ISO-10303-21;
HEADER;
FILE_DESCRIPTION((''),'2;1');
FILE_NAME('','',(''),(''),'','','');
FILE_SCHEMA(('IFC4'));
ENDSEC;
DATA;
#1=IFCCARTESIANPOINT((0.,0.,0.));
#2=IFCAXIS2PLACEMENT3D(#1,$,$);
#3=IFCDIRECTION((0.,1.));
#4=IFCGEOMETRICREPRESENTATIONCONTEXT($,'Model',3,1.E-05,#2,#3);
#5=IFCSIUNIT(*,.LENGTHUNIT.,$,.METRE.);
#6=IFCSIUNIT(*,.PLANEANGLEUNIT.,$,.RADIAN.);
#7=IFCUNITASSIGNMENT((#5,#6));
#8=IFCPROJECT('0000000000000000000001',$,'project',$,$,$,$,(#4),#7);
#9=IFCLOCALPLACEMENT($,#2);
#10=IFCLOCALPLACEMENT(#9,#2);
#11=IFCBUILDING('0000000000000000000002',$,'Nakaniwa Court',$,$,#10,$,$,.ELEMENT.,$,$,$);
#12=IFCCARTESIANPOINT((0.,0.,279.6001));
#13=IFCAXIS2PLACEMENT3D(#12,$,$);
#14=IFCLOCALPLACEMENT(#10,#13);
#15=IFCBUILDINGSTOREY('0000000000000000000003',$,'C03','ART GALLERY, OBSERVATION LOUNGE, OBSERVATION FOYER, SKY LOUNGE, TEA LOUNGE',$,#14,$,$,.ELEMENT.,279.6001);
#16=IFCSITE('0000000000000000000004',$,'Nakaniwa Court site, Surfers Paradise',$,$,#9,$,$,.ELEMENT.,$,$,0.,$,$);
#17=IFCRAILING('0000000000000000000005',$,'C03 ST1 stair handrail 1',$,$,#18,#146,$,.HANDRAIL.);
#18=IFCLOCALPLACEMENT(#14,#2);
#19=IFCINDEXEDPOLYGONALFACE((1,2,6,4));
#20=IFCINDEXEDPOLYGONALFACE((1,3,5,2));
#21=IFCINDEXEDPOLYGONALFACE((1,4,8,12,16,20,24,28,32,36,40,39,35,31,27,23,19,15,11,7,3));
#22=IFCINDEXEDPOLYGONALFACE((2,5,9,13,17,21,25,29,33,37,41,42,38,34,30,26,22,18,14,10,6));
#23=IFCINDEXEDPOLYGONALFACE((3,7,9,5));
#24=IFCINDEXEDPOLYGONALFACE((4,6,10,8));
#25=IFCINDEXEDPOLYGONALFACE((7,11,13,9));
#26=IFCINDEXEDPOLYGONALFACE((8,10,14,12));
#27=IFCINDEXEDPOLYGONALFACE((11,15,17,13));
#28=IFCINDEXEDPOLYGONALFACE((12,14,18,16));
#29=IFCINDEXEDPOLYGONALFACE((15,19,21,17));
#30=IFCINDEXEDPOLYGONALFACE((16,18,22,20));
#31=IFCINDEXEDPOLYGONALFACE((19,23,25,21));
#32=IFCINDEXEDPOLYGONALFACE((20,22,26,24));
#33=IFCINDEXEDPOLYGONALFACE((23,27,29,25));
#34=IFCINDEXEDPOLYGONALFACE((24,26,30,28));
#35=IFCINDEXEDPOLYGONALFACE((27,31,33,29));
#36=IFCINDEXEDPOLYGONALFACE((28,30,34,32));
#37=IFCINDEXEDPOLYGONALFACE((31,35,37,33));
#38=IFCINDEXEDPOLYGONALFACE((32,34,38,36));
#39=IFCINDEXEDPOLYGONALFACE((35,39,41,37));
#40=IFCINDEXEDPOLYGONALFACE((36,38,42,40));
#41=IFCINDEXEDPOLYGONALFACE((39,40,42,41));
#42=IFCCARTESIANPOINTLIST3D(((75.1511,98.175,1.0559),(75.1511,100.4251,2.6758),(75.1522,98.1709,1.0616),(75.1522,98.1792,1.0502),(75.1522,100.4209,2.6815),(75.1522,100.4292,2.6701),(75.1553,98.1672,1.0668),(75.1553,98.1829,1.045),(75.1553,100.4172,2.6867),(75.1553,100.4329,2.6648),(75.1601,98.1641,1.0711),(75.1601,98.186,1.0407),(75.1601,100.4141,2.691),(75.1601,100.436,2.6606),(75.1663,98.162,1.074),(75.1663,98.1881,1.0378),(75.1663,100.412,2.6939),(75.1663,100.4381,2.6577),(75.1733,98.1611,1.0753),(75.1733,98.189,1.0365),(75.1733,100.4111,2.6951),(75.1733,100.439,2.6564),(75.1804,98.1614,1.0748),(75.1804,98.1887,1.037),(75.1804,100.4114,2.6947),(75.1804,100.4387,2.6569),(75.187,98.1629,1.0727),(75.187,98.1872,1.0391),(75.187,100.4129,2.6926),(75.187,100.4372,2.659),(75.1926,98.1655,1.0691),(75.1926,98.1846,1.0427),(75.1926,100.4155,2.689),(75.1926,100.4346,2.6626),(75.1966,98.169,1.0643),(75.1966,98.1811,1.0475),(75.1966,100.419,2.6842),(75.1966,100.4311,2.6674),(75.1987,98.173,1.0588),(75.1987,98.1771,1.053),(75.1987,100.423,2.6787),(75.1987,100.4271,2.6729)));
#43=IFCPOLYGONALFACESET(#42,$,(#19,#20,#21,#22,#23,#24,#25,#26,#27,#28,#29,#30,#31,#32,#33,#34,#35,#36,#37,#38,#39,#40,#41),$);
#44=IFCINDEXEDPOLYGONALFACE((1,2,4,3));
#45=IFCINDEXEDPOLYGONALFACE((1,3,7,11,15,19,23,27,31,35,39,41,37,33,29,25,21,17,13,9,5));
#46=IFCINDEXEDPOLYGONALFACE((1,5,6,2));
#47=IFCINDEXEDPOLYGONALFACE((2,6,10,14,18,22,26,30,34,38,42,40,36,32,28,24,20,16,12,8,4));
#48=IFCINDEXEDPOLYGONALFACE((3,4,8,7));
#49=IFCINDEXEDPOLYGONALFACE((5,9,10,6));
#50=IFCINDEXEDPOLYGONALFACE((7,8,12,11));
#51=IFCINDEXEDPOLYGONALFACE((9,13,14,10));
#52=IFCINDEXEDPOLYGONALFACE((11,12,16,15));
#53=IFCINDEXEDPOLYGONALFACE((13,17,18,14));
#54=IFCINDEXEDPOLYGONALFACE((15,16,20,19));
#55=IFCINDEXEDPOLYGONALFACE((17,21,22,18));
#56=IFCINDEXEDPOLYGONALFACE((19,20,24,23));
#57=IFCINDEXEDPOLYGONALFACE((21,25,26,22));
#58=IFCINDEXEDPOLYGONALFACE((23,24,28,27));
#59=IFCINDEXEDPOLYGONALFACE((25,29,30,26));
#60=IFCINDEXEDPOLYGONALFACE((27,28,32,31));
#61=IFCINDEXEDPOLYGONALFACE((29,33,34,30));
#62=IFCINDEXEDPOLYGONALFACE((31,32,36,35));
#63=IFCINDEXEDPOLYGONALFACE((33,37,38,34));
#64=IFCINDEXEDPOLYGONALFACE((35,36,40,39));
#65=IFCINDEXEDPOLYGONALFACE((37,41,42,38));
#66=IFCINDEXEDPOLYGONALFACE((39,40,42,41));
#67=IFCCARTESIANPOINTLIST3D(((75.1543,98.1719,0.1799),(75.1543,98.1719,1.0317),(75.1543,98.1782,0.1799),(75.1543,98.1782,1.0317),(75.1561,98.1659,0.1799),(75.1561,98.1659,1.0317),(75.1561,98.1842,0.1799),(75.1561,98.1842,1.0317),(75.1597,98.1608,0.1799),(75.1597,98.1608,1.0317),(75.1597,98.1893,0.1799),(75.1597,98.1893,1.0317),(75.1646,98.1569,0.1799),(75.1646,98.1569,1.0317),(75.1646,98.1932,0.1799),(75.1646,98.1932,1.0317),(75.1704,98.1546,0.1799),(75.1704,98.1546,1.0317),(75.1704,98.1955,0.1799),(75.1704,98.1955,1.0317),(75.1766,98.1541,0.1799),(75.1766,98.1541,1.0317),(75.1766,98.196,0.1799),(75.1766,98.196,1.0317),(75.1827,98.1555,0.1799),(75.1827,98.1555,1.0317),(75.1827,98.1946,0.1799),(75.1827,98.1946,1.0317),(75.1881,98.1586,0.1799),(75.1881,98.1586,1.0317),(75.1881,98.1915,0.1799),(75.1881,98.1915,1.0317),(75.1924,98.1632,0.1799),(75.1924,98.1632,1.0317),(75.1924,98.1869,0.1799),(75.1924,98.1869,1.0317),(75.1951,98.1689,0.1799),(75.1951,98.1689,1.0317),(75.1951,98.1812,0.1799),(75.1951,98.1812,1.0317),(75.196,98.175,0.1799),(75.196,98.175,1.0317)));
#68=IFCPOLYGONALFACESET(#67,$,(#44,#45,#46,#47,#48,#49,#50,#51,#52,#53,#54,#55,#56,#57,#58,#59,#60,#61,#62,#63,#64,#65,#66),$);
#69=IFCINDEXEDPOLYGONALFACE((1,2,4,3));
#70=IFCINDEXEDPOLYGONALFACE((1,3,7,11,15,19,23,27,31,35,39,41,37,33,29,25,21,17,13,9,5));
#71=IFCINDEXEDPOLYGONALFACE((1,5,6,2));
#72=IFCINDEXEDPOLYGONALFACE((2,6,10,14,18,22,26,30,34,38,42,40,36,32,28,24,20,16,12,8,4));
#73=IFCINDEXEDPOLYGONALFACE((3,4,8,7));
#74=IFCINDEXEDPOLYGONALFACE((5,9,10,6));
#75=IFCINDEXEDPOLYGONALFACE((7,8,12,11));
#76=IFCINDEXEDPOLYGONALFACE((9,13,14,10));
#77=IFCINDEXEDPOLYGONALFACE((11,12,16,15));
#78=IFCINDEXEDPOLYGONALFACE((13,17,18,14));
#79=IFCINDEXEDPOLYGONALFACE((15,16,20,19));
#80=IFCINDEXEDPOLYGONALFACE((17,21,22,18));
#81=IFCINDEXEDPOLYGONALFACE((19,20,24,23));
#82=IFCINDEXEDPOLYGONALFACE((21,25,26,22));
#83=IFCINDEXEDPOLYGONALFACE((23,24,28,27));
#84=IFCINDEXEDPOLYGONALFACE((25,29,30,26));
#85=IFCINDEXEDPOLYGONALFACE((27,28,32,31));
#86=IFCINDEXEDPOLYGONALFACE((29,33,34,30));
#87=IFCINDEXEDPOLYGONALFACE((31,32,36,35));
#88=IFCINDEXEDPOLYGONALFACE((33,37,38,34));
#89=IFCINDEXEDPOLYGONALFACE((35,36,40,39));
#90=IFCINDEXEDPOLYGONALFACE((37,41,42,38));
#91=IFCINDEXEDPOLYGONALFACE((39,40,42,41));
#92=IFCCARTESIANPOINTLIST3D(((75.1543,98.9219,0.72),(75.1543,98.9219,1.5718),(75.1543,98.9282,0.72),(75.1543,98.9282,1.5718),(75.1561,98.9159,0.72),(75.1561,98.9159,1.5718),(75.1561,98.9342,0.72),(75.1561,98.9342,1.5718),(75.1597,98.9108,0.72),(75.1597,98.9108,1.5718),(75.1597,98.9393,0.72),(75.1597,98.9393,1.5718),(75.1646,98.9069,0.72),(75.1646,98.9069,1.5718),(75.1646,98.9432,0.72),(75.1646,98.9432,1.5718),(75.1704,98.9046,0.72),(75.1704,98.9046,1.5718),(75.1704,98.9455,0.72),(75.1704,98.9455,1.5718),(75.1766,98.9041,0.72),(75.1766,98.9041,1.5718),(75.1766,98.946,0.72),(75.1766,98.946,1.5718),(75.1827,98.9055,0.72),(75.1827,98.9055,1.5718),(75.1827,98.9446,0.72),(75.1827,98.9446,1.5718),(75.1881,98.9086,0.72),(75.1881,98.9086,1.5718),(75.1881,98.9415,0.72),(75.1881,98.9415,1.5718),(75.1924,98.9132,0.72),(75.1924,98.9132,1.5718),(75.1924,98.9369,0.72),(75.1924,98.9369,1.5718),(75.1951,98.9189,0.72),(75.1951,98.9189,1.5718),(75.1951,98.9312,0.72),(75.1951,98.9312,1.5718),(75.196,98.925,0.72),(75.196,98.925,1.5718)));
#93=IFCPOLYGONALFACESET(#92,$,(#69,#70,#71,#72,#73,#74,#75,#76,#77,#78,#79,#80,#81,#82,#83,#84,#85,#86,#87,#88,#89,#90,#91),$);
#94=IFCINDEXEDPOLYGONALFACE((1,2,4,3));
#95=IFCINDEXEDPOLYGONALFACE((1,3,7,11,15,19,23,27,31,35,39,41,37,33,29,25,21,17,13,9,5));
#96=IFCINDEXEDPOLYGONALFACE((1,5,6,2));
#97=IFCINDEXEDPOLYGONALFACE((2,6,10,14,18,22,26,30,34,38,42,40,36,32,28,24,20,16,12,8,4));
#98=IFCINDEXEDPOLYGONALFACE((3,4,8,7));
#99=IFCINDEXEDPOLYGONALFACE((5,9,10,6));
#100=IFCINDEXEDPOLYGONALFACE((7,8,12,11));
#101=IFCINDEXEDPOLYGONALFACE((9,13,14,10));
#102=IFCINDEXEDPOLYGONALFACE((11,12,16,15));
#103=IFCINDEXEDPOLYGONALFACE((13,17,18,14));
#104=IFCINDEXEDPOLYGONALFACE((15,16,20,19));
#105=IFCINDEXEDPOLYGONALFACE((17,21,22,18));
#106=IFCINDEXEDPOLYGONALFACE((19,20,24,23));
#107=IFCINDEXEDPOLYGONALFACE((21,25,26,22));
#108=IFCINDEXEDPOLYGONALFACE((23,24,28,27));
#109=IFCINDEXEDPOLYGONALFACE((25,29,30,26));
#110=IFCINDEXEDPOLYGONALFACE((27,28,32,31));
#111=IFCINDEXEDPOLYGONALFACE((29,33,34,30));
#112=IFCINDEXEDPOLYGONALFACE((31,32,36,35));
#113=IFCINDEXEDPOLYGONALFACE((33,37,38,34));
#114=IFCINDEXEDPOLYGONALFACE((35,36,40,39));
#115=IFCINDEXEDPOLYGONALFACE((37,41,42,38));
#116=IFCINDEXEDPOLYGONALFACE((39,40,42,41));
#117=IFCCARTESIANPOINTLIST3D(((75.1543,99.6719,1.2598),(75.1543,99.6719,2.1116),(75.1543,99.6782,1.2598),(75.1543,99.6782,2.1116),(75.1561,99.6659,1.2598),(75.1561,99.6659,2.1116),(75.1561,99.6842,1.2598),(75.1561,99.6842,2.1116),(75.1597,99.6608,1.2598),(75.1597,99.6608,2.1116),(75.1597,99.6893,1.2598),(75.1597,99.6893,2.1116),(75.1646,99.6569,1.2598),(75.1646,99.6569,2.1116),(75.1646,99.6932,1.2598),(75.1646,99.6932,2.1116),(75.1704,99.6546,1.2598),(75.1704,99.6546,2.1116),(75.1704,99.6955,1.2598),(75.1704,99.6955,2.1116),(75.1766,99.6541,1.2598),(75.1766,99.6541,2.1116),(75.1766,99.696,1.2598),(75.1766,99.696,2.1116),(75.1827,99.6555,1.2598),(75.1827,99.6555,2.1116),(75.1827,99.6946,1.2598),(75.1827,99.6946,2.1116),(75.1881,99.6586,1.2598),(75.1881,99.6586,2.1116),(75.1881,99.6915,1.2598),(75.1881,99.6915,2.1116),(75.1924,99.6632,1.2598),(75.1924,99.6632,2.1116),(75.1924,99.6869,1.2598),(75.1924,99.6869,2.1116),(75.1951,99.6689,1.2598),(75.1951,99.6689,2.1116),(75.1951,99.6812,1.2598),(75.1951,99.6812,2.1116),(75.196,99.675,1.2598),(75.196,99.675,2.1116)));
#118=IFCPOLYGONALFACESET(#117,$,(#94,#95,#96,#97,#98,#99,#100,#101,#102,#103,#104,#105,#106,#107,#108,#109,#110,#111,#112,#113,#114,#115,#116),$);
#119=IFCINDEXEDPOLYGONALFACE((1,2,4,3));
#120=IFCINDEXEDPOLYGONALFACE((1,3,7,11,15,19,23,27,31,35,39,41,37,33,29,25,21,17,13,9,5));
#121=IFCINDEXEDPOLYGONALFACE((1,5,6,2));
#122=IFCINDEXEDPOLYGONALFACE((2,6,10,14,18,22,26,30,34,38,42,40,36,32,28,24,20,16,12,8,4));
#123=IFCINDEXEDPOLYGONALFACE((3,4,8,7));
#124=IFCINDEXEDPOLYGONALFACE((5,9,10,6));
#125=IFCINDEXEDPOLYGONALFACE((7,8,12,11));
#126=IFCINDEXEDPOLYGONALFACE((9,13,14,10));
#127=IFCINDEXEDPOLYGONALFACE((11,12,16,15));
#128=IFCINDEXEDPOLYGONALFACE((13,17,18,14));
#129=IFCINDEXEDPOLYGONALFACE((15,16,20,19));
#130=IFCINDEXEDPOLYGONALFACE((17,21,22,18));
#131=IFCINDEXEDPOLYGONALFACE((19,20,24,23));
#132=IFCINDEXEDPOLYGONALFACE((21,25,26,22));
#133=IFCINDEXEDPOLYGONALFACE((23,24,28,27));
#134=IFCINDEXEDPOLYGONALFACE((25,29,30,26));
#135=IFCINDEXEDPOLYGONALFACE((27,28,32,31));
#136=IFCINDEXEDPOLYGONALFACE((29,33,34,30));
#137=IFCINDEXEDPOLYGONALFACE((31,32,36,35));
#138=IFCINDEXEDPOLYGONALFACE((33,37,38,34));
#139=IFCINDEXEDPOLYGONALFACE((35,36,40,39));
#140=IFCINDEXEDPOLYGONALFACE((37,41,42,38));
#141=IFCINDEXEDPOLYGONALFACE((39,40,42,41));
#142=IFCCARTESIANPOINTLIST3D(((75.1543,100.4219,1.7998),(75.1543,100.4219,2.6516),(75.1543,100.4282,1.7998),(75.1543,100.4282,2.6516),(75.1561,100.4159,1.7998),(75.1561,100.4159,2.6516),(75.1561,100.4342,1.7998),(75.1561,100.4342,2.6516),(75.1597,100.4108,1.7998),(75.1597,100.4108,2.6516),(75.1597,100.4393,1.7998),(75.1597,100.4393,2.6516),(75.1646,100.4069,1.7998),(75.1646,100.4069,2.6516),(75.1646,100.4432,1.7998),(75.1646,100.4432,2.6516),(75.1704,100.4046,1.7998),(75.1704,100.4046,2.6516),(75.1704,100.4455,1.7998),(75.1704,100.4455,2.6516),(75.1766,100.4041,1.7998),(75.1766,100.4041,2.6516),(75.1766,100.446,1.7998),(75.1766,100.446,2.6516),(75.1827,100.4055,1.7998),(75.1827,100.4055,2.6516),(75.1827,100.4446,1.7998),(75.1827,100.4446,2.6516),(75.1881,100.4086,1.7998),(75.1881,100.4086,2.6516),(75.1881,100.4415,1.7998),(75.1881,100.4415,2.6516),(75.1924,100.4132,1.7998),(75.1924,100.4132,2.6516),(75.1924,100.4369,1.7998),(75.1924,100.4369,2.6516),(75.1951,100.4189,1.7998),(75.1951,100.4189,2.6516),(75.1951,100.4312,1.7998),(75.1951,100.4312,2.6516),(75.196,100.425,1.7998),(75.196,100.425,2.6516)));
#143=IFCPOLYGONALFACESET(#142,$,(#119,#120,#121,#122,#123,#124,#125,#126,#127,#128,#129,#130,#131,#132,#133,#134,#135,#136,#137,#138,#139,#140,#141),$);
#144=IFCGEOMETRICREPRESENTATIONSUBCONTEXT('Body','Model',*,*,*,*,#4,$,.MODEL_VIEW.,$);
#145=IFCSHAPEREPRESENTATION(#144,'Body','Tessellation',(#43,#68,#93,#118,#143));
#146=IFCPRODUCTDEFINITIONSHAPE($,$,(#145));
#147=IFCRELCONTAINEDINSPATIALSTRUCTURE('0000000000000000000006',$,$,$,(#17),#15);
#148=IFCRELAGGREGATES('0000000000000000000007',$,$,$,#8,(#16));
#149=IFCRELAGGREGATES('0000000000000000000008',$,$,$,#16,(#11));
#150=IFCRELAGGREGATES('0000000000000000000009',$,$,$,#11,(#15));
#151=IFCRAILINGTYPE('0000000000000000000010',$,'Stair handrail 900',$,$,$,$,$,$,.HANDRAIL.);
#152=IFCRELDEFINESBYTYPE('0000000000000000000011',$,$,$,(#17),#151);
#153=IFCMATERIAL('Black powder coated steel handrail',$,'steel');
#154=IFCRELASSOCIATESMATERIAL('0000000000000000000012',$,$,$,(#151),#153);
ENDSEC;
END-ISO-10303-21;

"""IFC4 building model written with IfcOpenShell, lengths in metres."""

from ifc_helpers import new_model, si_unit, direction, frame, origin, origin_2d, place, context, subcontext, project, spatial, circle, extrude, material, type_object, element, save


model = new_model("IFC4")

# Units and contexts
model_context = context("Model", 3, precision=1e-05, world=origin(), true_north=direction((0.0, 1.0)))
body_context = subcontext(model_context, "Body", "Model", "MODEL_VIEW")
ifc_project = project(units=[si_unit("LENGTHUNIT", "METRE"), si_unit("PLANEANGLEUNIT", "RADIAN")], contexts=[model_context])

# Site, building, storey
site_placement = place(None, origin())
site = spatial("IfcSite", under=ifc_project, at=site_placement, Name="Nakaniwa Court site, Surfers Paradise", CompositionType="ELEMENT", RefElevation=0.0)
building_placement = place(site_placement, origin())
building = spatial("IfcBuilding", under=site, at=building_placement, Name="Nakaniwa Court", CompositionType="ELEMENT")
storey_placement = place(building_placement, frame((0.0, 0.0, 279.6001)))
storey = spatial("IfcBuildingStorey", under=building, at=storey_placement, Name="C03", Description="ART GALLERY, OBSERVATION LOUNGE, OBSERVATION FOYER, SKY LOUNGE, TEA LOUNGE", CompositionType="ELEMENT", Elevation=279.6001)

# Railing
ifc_material_1 = material(Name="Black powder coated steel handrail", Category="steel")
railing_type_1 = type_object("IfcRailingType", Name="Stair handrail 900", PredefinedType="HANDRAIL", material=ifc_material_1)
railing_1_placement = place(storey_placement, frame((75.175, 98.175, 0.1799)))
element("IfcRailing", 1, at=railing_1_placement, inside=storey, type_object=railing_type_1, Name="C03 ST1 stair handrail 1", PredefinedType="HANDRAIL", context=body_context, shape_type="SweptSolid", body=[
    extrude(circle(Radius=0.0239, at=origin_2d()), frame((0.0, 0.0, 0.876), z_axis=(0.0, 0.811556, 0.584275), x_axis=(-1.0, 0.0, 0.0)), (0.0, 0.0, 1.0), 2.7725),
    extrude(circle(Radius=0.021, at=origin_2d()), origin(), (0.0, 0.0, 1.0), 0.8518),
    extrude(circle(Radius=0.021, at=origin_2d()), frame((0.0, 0.75, 0.54)), (0.0, 0.0, 1.0), 0.8518),
    extrude(circle(Radius=0.021, at=origin_2d()), frame((0.0, 1.5, 1.0798)), (0.0, 0.0, 1.0), 0.8518),
    extrude(circle(Radius=0.021, at=origin_2d()), frame((0.0, 2.25, 1.6199)), (0.0, 0.0, 1.0), 0.8518),
])

save(model, "model.ifc")
